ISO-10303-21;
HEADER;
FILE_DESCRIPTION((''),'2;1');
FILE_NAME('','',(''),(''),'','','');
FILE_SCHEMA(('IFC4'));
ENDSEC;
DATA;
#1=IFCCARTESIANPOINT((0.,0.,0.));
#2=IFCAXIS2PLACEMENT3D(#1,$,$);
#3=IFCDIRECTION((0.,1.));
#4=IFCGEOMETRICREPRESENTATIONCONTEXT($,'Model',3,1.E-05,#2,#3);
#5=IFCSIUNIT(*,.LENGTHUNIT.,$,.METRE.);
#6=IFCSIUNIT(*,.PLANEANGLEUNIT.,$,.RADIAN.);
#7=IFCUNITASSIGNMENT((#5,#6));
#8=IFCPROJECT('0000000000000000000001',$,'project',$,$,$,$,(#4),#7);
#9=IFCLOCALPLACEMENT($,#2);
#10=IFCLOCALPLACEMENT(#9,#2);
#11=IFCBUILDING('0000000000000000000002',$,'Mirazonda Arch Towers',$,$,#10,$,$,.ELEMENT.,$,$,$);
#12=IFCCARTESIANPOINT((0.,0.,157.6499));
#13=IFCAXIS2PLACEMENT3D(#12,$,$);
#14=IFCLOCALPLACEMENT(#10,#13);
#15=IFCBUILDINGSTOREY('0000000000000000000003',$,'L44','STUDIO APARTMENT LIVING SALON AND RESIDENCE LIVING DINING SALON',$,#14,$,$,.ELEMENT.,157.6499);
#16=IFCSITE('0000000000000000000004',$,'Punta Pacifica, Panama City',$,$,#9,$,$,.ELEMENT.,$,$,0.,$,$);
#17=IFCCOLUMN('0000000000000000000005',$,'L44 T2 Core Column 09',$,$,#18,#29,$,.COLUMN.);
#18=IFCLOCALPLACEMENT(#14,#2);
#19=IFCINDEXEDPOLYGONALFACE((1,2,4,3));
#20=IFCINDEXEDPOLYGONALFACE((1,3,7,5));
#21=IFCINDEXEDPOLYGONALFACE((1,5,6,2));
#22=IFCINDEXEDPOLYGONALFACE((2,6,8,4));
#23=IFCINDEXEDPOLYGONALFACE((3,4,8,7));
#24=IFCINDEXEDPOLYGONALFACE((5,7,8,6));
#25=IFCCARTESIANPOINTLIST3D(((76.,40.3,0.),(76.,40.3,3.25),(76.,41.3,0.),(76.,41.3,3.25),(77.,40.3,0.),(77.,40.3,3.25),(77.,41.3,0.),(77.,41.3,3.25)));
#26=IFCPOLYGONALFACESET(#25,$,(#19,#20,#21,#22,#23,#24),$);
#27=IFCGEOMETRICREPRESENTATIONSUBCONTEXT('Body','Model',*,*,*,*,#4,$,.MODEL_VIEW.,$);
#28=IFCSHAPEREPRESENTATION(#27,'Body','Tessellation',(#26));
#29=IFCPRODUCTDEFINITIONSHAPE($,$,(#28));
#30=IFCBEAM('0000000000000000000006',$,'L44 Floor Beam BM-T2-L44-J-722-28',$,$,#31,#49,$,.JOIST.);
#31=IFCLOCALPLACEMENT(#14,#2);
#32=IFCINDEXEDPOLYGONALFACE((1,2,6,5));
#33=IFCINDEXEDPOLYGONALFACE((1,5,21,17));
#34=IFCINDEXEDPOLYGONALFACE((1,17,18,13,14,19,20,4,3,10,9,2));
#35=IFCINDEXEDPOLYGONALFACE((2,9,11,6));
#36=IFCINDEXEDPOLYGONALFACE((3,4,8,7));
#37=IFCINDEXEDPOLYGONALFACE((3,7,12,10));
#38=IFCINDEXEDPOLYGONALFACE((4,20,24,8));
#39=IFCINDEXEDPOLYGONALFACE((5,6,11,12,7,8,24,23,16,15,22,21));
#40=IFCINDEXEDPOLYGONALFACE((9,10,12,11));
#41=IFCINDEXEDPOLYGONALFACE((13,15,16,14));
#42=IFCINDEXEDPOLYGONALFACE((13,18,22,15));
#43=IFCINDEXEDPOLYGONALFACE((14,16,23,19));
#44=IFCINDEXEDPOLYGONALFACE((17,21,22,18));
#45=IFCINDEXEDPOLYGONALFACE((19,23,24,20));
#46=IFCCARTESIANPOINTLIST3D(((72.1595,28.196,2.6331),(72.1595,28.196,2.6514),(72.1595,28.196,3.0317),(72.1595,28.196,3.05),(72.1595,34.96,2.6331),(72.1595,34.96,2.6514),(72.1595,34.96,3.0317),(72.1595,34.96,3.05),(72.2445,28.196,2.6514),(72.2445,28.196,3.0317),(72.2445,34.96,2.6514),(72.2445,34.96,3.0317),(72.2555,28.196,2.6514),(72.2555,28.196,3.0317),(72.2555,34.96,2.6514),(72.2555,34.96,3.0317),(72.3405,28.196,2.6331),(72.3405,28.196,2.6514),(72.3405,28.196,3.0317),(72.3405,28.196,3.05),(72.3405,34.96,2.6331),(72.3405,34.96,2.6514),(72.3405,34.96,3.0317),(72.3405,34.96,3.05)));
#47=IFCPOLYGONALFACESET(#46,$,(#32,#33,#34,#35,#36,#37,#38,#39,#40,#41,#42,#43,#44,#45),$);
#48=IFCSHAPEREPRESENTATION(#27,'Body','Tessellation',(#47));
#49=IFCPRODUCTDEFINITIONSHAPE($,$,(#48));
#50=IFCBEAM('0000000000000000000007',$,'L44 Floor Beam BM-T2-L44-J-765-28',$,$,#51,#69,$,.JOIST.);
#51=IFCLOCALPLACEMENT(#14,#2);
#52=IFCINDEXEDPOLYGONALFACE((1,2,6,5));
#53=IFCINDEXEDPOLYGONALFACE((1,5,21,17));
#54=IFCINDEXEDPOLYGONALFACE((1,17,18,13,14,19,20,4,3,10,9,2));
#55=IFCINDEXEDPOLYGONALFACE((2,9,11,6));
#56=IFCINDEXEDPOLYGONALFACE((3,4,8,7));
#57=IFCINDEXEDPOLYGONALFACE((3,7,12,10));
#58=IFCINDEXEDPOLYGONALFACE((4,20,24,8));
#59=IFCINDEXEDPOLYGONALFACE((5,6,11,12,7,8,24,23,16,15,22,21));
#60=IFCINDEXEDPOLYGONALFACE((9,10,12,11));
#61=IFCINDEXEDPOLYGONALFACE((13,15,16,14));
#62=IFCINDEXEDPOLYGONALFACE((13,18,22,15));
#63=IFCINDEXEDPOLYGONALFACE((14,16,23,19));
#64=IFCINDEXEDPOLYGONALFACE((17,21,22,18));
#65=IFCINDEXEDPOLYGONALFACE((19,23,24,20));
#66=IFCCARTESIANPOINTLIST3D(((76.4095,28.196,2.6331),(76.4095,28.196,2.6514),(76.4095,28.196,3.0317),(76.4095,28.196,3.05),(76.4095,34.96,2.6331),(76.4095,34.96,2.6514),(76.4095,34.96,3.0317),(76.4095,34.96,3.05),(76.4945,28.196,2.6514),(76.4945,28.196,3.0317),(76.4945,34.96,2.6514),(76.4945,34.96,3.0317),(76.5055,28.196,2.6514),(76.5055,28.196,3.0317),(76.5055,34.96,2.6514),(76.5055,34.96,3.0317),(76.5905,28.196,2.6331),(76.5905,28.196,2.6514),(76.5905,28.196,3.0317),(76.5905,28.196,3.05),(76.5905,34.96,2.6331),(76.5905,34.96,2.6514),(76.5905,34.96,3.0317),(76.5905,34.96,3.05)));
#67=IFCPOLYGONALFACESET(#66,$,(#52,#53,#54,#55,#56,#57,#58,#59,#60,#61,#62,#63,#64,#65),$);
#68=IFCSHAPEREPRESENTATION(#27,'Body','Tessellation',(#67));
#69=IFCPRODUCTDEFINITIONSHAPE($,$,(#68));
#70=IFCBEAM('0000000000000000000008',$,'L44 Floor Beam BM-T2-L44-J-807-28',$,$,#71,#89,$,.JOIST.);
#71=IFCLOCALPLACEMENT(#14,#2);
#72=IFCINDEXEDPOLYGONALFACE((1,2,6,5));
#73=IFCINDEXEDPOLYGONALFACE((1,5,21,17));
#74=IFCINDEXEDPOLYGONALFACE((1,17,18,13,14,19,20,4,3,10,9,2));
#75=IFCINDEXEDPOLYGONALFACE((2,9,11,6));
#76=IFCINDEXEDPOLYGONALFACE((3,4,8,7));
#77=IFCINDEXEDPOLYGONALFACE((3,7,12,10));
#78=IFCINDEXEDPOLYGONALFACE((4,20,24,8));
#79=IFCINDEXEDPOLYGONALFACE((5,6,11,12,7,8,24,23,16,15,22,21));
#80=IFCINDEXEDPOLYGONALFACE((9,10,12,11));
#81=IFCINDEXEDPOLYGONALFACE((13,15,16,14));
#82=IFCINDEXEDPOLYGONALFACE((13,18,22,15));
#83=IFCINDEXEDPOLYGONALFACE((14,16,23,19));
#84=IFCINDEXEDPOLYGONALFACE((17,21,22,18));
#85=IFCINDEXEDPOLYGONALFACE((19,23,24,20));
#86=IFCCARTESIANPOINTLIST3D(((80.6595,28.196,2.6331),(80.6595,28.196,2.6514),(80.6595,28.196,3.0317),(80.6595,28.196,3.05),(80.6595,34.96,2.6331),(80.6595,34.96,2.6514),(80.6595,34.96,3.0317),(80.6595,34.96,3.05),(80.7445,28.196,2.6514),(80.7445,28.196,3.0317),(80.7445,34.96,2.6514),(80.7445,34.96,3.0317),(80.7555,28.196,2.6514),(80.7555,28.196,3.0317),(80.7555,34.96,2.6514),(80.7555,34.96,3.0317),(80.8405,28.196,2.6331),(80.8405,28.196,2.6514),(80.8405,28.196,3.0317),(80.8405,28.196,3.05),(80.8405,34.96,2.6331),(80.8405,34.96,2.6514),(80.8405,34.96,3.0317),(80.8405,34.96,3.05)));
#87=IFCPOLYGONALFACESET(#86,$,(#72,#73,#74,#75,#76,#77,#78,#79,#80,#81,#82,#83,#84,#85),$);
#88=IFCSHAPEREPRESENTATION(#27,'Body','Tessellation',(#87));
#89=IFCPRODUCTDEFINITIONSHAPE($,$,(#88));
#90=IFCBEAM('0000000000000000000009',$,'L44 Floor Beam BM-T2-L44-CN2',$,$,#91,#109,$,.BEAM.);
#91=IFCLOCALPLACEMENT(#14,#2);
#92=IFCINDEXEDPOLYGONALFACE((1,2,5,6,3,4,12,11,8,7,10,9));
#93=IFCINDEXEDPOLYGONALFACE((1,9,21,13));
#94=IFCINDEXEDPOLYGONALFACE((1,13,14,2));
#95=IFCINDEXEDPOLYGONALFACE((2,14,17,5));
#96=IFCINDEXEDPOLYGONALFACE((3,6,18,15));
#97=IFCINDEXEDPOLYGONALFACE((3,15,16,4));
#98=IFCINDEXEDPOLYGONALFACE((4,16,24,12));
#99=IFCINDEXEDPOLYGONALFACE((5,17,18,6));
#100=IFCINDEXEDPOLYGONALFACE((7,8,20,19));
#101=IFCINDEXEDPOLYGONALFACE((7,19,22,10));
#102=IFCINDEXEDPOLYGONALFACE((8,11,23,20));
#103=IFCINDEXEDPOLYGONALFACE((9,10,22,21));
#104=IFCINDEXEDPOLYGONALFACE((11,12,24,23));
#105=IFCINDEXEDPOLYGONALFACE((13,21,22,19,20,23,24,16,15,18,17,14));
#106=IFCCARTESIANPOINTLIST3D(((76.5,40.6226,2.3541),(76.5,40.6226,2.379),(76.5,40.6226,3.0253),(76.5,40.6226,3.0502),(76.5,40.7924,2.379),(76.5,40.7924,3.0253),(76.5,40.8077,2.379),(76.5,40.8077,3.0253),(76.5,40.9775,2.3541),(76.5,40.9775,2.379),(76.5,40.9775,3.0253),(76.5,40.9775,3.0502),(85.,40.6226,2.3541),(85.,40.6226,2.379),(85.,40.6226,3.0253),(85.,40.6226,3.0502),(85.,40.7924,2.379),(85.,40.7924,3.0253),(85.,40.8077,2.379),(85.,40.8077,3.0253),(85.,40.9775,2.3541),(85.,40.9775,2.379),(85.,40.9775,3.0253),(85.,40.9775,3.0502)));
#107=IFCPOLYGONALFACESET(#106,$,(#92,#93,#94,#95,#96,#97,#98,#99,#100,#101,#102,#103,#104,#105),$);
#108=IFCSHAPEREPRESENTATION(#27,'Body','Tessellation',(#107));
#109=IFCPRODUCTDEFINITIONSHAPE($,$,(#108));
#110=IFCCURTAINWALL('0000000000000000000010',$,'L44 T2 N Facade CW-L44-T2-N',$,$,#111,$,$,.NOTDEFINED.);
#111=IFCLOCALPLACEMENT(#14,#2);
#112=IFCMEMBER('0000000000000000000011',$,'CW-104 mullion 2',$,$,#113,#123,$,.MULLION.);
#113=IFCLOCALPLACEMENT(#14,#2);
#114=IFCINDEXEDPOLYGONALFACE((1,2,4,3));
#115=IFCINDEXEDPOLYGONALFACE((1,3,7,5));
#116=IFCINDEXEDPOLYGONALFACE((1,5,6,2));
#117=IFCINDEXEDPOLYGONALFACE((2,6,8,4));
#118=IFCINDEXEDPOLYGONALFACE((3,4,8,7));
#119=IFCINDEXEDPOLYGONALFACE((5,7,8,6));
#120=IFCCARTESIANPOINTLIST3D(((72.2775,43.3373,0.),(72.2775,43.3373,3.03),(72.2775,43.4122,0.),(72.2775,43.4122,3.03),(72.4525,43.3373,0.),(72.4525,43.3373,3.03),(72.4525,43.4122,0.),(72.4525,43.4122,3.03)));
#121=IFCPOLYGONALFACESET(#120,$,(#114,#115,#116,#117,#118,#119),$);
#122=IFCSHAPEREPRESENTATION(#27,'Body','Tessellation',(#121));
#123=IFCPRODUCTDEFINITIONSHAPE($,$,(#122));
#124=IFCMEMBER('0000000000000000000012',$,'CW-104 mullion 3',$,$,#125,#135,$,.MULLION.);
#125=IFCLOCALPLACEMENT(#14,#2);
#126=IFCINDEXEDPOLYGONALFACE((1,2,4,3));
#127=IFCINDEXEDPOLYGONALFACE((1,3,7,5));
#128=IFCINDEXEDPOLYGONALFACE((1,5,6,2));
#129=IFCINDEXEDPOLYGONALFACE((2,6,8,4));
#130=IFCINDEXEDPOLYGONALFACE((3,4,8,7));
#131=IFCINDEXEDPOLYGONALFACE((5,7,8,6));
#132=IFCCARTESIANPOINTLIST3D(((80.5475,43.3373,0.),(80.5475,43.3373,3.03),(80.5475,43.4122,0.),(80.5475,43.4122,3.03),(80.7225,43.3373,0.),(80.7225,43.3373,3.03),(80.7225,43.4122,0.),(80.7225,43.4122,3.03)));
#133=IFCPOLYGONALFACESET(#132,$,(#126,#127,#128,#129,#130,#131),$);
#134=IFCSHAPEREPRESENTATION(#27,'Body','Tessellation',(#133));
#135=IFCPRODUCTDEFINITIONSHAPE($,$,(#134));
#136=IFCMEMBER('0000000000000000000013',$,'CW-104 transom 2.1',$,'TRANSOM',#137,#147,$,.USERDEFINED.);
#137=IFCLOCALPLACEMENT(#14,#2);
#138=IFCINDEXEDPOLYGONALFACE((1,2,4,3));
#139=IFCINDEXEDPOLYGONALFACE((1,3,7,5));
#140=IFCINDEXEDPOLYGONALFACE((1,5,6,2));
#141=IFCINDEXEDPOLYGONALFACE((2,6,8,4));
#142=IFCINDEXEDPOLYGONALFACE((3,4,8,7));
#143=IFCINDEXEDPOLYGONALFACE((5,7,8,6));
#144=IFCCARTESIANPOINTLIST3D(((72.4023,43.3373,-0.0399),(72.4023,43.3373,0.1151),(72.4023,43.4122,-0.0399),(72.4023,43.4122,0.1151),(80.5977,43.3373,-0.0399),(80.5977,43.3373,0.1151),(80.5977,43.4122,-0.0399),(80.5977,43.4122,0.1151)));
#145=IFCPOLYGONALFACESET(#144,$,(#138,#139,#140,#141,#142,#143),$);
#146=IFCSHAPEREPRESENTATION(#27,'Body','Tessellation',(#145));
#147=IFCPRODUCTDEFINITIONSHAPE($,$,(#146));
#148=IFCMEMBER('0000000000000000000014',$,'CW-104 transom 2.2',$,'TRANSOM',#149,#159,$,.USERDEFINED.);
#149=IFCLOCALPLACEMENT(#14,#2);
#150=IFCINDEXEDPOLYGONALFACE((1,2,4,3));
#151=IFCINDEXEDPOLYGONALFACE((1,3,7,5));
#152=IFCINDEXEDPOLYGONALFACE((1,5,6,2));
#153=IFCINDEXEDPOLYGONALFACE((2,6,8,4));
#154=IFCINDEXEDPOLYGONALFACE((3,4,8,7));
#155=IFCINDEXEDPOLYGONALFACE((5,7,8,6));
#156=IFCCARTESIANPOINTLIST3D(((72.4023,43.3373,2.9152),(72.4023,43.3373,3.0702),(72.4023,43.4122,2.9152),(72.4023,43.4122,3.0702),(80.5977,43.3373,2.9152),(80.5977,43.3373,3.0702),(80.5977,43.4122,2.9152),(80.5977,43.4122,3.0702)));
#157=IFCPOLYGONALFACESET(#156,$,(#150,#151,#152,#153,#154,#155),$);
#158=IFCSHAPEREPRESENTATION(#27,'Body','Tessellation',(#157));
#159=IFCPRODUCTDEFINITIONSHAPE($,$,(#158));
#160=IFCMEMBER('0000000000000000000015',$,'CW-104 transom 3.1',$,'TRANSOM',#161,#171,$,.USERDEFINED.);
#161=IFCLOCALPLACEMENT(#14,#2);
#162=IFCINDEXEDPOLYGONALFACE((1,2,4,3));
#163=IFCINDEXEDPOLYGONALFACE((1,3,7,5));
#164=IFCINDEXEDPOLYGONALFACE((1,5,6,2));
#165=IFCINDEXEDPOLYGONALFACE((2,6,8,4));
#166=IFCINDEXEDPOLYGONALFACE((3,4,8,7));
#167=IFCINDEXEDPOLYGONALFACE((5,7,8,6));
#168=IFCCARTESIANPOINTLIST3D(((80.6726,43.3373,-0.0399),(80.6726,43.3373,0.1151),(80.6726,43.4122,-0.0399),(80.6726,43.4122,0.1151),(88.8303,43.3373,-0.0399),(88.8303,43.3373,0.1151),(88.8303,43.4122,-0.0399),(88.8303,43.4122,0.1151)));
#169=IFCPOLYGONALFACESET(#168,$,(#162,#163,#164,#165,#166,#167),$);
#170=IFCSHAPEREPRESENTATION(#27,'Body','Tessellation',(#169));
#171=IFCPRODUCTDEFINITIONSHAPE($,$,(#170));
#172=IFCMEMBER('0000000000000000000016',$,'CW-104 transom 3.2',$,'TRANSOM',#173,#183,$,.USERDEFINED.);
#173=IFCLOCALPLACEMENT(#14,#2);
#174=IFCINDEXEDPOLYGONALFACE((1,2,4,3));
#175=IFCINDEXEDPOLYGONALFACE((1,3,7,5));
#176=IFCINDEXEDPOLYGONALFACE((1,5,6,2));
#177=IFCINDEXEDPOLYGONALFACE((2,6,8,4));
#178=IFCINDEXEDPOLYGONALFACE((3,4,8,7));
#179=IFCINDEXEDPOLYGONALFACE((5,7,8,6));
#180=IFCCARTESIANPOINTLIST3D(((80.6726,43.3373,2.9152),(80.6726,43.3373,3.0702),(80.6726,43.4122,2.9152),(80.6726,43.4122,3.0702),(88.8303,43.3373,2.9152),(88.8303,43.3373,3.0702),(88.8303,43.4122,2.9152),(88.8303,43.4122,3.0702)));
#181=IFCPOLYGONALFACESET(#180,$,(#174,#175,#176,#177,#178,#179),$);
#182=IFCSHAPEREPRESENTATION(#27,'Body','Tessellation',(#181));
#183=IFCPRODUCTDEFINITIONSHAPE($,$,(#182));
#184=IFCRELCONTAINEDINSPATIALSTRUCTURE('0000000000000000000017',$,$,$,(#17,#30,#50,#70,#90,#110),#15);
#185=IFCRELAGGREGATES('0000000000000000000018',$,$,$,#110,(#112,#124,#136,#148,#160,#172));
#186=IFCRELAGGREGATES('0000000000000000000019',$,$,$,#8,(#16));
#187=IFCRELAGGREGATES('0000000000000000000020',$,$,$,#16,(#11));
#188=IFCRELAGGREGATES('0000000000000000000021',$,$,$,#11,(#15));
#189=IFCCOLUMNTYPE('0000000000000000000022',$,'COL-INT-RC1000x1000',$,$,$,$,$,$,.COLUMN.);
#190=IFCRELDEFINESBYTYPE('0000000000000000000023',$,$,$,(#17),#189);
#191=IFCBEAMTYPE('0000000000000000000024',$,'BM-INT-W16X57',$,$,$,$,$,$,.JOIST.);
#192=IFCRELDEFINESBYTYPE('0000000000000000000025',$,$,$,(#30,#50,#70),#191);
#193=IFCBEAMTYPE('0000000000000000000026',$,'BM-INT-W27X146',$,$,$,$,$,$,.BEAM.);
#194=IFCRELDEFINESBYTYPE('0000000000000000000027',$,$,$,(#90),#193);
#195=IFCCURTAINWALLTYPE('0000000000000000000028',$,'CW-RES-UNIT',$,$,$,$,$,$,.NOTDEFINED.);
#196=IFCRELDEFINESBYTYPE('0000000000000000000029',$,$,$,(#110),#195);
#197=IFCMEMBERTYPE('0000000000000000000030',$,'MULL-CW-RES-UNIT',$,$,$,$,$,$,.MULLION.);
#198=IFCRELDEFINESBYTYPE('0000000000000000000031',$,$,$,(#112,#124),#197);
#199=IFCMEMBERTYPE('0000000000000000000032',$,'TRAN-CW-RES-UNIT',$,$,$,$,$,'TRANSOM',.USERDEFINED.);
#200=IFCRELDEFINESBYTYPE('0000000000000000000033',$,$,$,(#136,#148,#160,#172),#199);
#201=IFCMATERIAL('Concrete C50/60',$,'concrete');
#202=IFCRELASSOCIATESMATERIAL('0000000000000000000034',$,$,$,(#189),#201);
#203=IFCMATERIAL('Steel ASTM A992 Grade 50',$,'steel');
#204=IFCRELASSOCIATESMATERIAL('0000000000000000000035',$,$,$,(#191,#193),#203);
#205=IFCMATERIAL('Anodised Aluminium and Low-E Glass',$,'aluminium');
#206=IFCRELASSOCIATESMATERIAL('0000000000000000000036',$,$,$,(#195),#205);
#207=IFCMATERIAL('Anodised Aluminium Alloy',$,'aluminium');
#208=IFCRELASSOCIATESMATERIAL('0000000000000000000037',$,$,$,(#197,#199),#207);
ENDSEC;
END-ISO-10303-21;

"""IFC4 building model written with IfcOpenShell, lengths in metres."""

from ifc_helpers import new_model, si_unit, direction, frame, origin, origin_2d, place, context, subcontext, project, spatial, rectangle, i_section, extrude, material, material_profile, profile_set, type_object, element, aggregate, save


model = new_model("IFC4")

# Units and contexts
model_context = context("Model", 3, precision=1e-05, world=origin(), true_north=direction((0.0, 1.0)))
body_context = subcontext(model_context, "Body", "Model", "MODEL_VIEW")
ifc_project = project(units=[si_unit("LENGTHUNIT", "METRE"), si_unit("PLANEANGLEUNIT", "RADIAN")], contexts=[model_context])

# Site, building, storey
site_placement = place(None, origin())
site = spatial("IfcSite", under=ifc_project, at=site_placement, Name="Punta Pacifica, Panama City", CompositionType="ELEMENT", RefElevation=0.0)
building_placement = place(site_placement, origin())
building = spatial("IfcBuilding", under=site, at=building_placement, Name="Mirazonda Arch Towers", CompositionType="ELEMENT")
storey_placement = place(building_placement, frame((0.0, 0.0, 157.6499)))
storey = spatial("IfcBuildingStorey", under=building, at=storey_placement, Name="L44", Description="STUDIO APARTMENT LIVING SALON AND RESIDENCE LIVING DINING SALON", CompositionType="ELEMENT", Elevation=157.6499)

# Column
ifc_material_1 = material(Name="Concrete C50/60", Category="concrete")
ifc_material_profile_1 = material_profile(ifc_material_1, rectangle(XDim=1.0, YDim=1.0, at=origin_2d()), Name="RC1000x1000")
ifc_profile_set_1 = profile_set([ifc_material_profile_1], Name="Concrete C50/60")
column_type = type_object("IfcColumnType", Name="COL-INT-RC1000x1000", PredefinedType="COLUMN", material=ifc_profile_set_1)
column_placement = place(storey_placement, frame((76.5, 40.8, 0.0), z_axis=(0.0, 0.0, 1.0), x_axis=(1.0, 0.0, 0.0)))
element("IfcColumn", 1, at=column_placement, inside=storey, type_object=column_type, Name="L44 T2 Core Column 09", PredefinedType="COLUMN", context=body_context, shape_type="SweptSolid", body=[
    extrude(rectangle(XDim=1.0, YDim=1.0, at=origin_2d()), origin(), (0.0, 0.0, 1.0), 3.25),
])

# Beams
ifc_material_2 = material(Name="Steel ASTM A992 Grade 50", Category="steel")
ifc_material_profile_2 = material_profile(ifc_material_2, i_section(OverallWidth=0.1809, OverallDepth=0.417, WebThickness=0.011, FlangeThickness=0.0183, at=origin_2d()), Name="W16X57")
ifc_profile_set_2 = profile_set([ifc_material_profile_2], Name="Steel ASTM A992 Grade 50")
beam_type_1 = type_object("IfcBeamType", Name="BM-INT-W16X57", PredefinedType="JOIST", material=ifc_profile_set_2)
for number, where, z_axis, x_axis, name in (
    (2, (72.25, 28.196, 2.8416), (0.0, 1.0, 0.0), (-1.0, 0.0, 0.0), "L44 Floor Beam BM-T2-L44-J-722-28"),
    (3, (76.5, 28.196, 2.8416), (0.0, 1.0, 0.0), (-1.0, 0.0, 0.0), "L44 Floor Beam BM-T2-L44-J-765-28"),
    (4, (80.75, 28.196, 2.8416), (0.0, 1.0, 0.0), (-1.0, 0.0, 0.0), "L44 Floor Beam BM-T2-L44-J-807-28"),
):
    element("IfcBeam", number, at=place(storey_placement, frame(where, z_axis=z_axis, x_axis=x_axis)), inside=storey, type_object=beam_type_1, Name=name, PredefinedType="JOIST", context=body_context, shape_type="SweptSolid", body=[
        extrude(i_section(OverallWidth=0.1809, OverallDepth=0.417, WebThickness=0.011, FlangeThickness=0.0183, at=origin_2d()), origin(), (0.0, 0.0, 1.0), 6.7639),
    ])
ifc_material_profile_3 = material_profile(ifc_material_2, i_section(OverallWidth=0.355, OverallDepth=0.696, WebThickness=0.0154, FlangeThickness=0.0249, at=origin_2d()), Name="W27X146")
ifc_profile_set_3 = profile_set([ifc_material_profile_3], Name="Steel ASTM A992 Grade 50")
beam_type_2 = type_object("IfcBeamType", Name="BM-INT-W27X146", PredefinedType="BEAM", material=ifc_profile_set_3)
beam_placement = place(storey_placement, frame((76.5, 40.8, 2.7021), z_axis=(1.0, 0.0, 0.0), x_axis=(0.0, 1.0, 0.0)))
element("IfcBeam", 5, at=beam_placement, inside=storey, type_object=beam_type_2, Name="L44 Floor Beam BM-T2-L44-CN2", PredefinedType="BEAM", context=body_context, shape_type="SweptSolid", body=[
    extrude(i_section(OverallWidth=0.355, OverallDepth=0.696, WebThickness=0.0154, FlangeThickness=0.0249, at=origin_2d()), origin(), (0.0, 0.0, 1.0), 8.5),
])

# Curtain wall, members
ifc_material_3 = material(Name="Anodised Aluminium and Low-E Glass", Category="aluminium")
curtain_wall_type = type_object("IfcCurtainWallType", Name="CW-RES-UNIT", PredefinedType="NOTDEFINED", material=ifc_material_3)
curtain_wall_placement = place(storey_placement, origin())
curtain_wall = element("IfcCurtainWall", 6, at=curtain_wall_placement, inside=storey, type_object=curtain_wall_type, Name="L44 T2 N Facade CW-L44-T2-N", PredefinedType="NOTDEFINED")
ifc_material_4 = material(Name="Anodised Aluminium Alloy", Category="aluminium")
ifc_material_profile_4 = material_profile(ifc_material_4, rectangle(XDim=0.075, YDim=0.175, at=origin_2d()), Name="ALU-MULL-75x175")
ifc_profile_set_4 = profile_set([ifc_material_profile_4], Name="Anodised Aluminium Alloy")
member_type_1 = type_object("IfcMemberType", Name="MULL-CW-RES-UNIT", PredefinedType="MULLION", material=ifc_profile_set_4)
member_1_placement = place(storey_placement, frame((72.365, 43.3748, 0.0), z_axis=(0.0, 0.0, 1.0), x_axis=(0.0, 1.0, 0.0)))
member_1 = element("IfcMember", 7, at=member_1_placement, type_object=member_type_1, Name="CW-104 mullion 2", PredefinedType="MULLION", context=body_context, shape_type="SweptSolid", body=[
    extrude(rectangle(XDim=0.075, YDim=0.175, at=origin_2d()), origin(), (0.0, 0.0, 1.0), 3.03),
])
member_2_placement = place(storey_placement, frame((80.635, 43.3748, 0.0), z_axis=(0.0, 0.0, 1.0), x_axis=(0.0, 1.0, 0.0)))
member_2 = element("IfcMember", 8, at=member_2_placement, type_object=member_type_1, Name="CW-104 mullion 3", PredefinedType="MULLION", context=body_context, shape_type="SweptSolid", body=[
    extrude(rectangle(XDim=0.075, YDim=0.175, at=origin_2d()), origin(), (0.0, 0.0, 1.0), 3.03),
])
ifc_material_profile_5 = material_profile(ifc_material_4, rectangle(XDim=0.075, YDim=0.155, at=origin_2d()), Name="ALU-TRAN-75x155")
ifc_profile_set_5 = profile_set([ifc_material_profile_5], Name="Anodised Aluminium Alloy")
member_type_2 = type_object("IfcMemberType", Name="TRAN-CW-RES-UNIT", ElementType="TRANSOM", PredefinedType="USERDEFINED", material=ifc_profile_set_5)
member_3_placement = place(storey_placement, frame((72.4023, 43.3748, 0.0376), z_axis=(1.0, 0.0, 0.0), x_axis=(0.0, 1.0, 0.0)))
member_3 = element("IfcMember", 9, at=member_3_placement, type_object=member_type_2, Name="CW-104 transom 2.1", ObjectType="TRANSOM", PredefinedType="USERDEFINED", context=body_context, shape_type="SweptSolid", body=[
    extrude(rectangle(XDim=0.075, YDim=0.155, at=origin_2d()), origin(), (0.0, 0.0, 1.0), 8.1953),
])
member_4_placement = place(storey_placement, frame((72.4023, 43.3748, 2.9927), z_axis=(1.0, 0.0, 0.0), x_axis=(0.0, 1.0, 0.0)))
member_4 = element("IfcMember", 10, at=member_4_placement, type_object=member_type_2, Name="CW-104 transom 2.2", ObjectType="TRANSOM", PredefinedType="USERDEFINED", context=body_context, shape_type="SweptSolid", body=[
    extrude(rectangle(XDim=0.075, YDim=0.155, at=origin_2d()), origin(), (0.0, 0.0, 1.0), 8.1953),
])
member_5_placement = place(storey_placement, frame((80.6726, 43.3748, 0.0376), z_axis=(1.0, 0.0, 0.0), x_axis=(0.0, 1.0, 0.0)))
member_5 = element("IfcMember", 11, at=member_5_placement, type_object=member_type_2, Name="CW-104 transom 3.1", ObjectType="TRANSOM", PredefinedType="USERDEFINED", context=body_context, shape_type="SweptSolid", body=[
    extrude(rectangle(XDim=0.075, YDim=0.155, at=origin_2d()), origin(), (0.0, 0.0, 1.0), 8.1577),
])
member_6_placement = place(storey_placement, frame((80.6726, 43.3748, 2.9927), z_axis=(1.0, 0.0, 0.0), x_axis=(0.0, 1.0, 0.0)))
member_6 = element("IfcMember", 12, at=member_6_placement, type_object=member_type_2, Name="CW-104 transom 3.2", ObjectType="TRANSOM", PredefinedType="USERDEFINED", context=body_context, shape_type="SweptSolid", body=[
    extrude(rectangle(XDim=0.075, YDim=0.155, at=origin_2d()), origin(), (0.0, 0.0, 1.0), 8.1577),
])
aggregate(curtain_wall, [member_1, member_2, member_3, member_4, member_5, member_6])

save(model, "model.ifc")
